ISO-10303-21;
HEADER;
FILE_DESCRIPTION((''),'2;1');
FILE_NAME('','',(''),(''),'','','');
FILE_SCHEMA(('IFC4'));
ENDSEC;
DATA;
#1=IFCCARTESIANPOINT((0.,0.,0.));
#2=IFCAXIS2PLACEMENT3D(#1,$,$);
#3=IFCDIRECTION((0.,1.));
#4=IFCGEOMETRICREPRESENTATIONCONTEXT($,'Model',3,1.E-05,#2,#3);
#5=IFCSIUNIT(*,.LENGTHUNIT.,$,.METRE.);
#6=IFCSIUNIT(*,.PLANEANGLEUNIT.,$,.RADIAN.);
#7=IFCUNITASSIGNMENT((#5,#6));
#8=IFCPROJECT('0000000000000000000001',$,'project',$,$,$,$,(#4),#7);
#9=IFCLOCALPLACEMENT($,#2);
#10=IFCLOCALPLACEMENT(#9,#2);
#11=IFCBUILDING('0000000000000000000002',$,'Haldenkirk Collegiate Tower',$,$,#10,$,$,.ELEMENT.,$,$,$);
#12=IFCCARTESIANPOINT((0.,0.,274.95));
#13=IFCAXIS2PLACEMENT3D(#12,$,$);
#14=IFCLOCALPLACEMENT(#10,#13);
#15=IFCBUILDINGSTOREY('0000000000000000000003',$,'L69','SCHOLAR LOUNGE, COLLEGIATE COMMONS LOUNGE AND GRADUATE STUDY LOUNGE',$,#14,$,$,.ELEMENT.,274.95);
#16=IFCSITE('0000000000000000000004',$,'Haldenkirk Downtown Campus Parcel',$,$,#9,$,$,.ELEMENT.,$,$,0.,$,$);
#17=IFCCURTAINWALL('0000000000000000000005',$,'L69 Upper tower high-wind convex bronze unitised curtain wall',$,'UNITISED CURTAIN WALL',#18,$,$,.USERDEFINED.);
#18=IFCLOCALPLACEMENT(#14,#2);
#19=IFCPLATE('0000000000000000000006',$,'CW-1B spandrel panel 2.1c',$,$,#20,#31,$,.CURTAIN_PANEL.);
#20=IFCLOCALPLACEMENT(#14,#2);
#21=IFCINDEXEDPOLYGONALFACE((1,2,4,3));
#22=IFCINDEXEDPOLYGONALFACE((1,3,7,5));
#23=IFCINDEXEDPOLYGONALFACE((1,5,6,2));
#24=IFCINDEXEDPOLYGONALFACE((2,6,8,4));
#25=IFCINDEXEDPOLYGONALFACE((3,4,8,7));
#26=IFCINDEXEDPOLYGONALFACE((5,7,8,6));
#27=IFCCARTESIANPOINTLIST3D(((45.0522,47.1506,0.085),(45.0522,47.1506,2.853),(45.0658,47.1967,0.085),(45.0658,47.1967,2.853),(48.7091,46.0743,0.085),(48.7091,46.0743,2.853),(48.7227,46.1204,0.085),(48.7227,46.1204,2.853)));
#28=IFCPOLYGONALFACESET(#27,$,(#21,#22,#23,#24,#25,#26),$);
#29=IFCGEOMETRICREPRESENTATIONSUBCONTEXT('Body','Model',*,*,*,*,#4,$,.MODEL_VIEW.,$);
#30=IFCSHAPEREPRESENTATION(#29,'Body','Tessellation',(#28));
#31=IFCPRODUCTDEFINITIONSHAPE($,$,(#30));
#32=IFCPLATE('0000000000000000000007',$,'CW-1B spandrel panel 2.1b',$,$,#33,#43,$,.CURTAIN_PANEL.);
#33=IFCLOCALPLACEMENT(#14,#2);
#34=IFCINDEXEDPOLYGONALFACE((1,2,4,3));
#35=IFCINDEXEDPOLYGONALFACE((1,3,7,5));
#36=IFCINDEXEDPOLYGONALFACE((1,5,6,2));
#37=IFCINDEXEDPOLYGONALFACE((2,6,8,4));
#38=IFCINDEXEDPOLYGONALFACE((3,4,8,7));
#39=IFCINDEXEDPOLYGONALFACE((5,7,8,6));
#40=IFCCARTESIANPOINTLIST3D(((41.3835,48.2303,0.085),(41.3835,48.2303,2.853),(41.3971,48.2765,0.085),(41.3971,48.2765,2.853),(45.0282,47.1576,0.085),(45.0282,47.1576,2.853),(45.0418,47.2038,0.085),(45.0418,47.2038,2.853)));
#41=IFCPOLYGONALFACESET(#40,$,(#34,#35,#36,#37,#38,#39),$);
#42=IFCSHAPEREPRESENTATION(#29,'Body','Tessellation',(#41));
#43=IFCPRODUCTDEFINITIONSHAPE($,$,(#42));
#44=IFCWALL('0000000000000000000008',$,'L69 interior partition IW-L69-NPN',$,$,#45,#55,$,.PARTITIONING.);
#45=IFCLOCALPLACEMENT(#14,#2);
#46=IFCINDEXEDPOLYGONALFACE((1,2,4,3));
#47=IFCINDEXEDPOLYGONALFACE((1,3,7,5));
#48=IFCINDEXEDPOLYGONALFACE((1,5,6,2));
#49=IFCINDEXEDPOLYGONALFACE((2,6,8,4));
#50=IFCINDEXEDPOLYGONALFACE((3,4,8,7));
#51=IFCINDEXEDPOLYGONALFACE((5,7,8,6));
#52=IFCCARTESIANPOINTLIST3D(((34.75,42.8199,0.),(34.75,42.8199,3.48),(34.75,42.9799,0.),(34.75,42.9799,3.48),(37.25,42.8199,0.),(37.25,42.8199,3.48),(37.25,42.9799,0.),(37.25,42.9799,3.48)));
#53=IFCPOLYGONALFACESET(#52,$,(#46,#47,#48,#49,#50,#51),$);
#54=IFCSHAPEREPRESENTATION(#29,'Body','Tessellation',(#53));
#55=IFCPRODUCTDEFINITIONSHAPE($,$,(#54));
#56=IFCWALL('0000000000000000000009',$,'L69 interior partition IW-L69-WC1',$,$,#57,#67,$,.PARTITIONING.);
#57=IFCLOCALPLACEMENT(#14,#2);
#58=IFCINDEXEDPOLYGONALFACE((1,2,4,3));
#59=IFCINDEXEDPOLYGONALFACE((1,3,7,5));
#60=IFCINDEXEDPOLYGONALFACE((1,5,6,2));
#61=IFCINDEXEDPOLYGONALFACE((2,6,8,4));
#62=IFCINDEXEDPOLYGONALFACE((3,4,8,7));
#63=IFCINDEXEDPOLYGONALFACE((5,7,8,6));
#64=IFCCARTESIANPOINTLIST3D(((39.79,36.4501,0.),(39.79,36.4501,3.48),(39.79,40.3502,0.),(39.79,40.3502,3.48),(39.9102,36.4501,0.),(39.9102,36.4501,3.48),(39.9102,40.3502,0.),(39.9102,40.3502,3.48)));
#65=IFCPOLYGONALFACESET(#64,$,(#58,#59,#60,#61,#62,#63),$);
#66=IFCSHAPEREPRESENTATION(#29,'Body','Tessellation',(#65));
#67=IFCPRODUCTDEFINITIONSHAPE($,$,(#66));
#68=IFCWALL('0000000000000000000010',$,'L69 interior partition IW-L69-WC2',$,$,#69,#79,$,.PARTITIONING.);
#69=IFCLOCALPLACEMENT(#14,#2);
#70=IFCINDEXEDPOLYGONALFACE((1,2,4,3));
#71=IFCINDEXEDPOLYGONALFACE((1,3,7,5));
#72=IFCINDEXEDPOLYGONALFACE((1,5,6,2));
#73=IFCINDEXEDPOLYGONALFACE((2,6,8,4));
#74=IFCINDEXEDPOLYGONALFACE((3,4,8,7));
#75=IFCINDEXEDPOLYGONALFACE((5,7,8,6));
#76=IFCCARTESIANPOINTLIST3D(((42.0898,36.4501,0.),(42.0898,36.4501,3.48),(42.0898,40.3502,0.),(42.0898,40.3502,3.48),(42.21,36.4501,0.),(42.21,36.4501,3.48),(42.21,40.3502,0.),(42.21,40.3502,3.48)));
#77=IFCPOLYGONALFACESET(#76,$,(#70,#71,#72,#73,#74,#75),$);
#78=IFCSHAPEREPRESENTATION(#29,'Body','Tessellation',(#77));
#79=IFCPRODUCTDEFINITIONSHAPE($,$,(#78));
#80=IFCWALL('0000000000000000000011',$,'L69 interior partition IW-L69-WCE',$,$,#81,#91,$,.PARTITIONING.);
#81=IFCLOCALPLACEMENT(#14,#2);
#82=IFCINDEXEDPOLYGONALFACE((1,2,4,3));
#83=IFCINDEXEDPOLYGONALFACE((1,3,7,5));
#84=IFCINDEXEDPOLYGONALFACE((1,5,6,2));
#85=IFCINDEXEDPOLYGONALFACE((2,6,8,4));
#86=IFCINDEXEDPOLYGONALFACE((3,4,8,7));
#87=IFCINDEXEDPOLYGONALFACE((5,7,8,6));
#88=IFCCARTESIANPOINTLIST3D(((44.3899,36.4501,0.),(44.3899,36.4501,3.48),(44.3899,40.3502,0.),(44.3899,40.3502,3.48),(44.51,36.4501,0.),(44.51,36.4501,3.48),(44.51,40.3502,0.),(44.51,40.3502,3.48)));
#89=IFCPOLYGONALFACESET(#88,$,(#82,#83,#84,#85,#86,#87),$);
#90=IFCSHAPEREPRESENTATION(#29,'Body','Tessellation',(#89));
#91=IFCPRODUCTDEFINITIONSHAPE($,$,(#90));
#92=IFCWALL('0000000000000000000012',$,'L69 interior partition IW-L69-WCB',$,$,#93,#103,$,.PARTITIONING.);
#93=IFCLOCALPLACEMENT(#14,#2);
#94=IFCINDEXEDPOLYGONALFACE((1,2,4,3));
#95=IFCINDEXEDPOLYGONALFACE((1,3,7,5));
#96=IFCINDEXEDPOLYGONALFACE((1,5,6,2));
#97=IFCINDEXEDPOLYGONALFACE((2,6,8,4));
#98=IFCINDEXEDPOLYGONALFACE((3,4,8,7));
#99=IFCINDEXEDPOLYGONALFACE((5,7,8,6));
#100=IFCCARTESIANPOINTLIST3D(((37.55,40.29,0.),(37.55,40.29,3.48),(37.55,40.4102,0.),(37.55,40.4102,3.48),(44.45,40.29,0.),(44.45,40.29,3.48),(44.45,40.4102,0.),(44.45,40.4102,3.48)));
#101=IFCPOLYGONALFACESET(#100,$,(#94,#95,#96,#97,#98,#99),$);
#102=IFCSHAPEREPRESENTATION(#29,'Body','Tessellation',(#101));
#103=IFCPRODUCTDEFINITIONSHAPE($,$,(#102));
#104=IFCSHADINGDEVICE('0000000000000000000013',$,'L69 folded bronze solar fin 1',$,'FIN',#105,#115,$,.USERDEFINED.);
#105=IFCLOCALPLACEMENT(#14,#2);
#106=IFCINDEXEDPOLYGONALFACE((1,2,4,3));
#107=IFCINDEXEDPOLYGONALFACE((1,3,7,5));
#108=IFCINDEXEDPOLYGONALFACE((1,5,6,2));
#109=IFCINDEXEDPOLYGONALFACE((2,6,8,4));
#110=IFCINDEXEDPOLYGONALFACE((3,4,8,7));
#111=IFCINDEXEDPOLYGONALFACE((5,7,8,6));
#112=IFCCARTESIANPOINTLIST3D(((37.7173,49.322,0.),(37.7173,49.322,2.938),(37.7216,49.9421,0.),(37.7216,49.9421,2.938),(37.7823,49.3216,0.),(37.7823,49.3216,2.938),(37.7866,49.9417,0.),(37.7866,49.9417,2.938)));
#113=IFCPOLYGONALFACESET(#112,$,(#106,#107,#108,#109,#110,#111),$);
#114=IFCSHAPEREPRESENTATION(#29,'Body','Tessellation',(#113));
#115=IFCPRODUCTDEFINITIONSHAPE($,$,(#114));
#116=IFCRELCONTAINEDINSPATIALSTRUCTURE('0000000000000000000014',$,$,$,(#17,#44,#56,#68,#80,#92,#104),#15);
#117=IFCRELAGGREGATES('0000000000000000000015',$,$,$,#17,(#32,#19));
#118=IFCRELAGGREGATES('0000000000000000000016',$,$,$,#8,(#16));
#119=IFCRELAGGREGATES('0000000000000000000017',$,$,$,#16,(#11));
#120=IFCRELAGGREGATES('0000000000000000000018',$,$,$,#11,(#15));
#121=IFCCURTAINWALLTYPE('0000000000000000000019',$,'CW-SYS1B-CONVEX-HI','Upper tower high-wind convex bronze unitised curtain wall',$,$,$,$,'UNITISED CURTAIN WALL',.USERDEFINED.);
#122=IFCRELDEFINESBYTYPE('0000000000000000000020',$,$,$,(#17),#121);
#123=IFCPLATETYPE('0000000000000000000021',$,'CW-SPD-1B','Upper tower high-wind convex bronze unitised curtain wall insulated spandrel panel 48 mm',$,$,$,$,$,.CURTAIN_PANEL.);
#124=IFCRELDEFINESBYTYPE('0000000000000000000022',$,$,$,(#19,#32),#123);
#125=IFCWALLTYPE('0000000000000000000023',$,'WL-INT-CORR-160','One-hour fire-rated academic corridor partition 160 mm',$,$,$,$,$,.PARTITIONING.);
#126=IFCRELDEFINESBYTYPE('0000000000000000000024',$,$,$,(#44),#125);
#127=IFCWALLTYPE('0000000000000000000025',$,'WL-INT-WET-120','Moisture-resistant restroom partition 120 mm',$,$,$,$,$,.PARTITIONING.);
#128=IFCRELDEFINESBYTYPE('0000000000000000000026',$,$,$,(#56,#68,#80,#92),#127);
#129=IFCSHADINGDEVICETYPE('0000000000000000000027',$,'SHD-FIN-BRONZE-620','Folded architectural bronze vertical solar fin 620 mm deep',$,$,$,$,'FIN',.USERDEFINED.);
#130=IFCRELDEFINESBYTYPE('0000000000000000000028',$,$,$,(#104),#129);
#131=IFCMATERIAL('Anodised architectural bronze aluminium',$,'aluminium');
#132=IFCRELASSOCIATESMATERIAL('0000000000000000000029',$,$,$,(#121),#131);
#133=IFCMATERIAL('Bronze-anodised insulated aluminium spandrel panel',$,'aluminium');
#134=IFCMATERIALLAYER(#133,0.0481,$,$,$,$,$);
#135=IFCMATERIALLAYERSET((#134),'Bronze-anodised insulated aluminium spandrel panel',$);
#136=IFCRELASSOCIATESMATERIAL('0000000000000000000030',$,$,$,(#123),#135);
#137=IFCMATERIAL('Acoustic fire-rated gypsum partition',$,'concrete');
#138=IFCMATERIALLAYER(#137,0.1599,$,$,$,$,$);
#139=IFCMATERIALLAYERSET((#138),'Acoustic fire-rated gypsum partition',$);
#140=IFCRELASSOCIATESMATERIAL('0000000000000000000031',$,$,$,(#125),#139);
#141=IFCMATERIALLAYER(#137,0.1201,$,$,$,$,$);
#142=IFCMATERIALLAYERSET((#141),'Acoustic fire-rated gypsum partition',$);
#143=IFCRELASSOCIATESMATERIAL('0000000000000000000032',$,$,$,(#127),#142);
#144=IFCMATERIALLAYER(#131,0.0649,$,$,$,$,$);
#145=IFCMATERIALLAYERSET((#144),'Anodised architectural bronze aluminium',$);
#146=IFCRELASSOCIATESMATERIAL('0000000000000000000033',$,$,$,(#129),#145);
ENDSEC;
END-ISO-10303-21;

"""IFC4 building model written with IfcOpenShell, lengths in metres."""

from ifc_helpers import new_model, si_unit, direction, frame, frame_2d, origin, origin_2d, place, context, subcontext, project, spatial, rectangle, extrude, source, transform, mapped, material, layer, layer_set, type_object, element, aggregate, save


model = new_model("IFC4")

# Units and contexts
model_context = context("Model", 3, precision=1e-05, world=origin(), true_north=direction((0.0, 1.0)))
body_context = subcontext(model_context, "Body", "Model", "MODEL_VIEW")
ifc_project = project(units=[si_unit("LENGTHUNIT", "METRE"), si_unit("PLANEANGLEUNIT", "RADIAN")], contexts=[model_context])

# Site, building, storey
site_placement = place(None, origin())
site = spatial("IfcSite", under=ifc_project, at=site_placement, Name="Haldenkirk Downtown Campus Parcel", CompositionType="ELEMENT", RefElevation=0.0)
building_placement = place(site_placement, origin())
building = spatial("IfcBuilding", under=site, at=building_placement, Name="Haldenkirk Collegiate Tower", CompositionType="ELEMENT")
storey_placement = place(building_placement, frame((0.0, 0.0, 274.95)))
storey = spatial("IfcBuildingStorey", under=building, at=storey_placement, Name="L69", Description="SCHOLAR LOUNGE, COLLEGIATE COMMONS LOUNGE AND GRADUATE STUDY LOUNGE", CompositionType="ELEMENT", Elevation=274.95)

# Curtain wall
ifc_material_1 = material(Name="Anodised architectural bronze aluminium", Category="aluminium")
curtain_wall_type = type_object("IfcCurtainWallType", Name="CW-SYS1B-CONVEX-HI", Description="Upper tower high-wind convex bronze unitised curtain wall", ElementType="UNITISED CURTAIN WALL", PredefinedType="USERDEFINED", material=ifc_material_1)
curtain_wall_placement = place(storey_placement, origin())
curtain_wall = element("IfcCurtainWall", 1, at=curtain_wall_placement, inside=storey, type_object=curtain_wall_type, Name="L69 Upper tower high-wind convex bronze unitised curtain wall", ObjectType="UNITISED CURTAIN WALL", PredefinedType="USERDEFINED")

# Plates
ifc_material_2 = material(Name="Bronze-anodised insulated aluminium spandrel panel", Category="aluminium")
ifc_layer_1 = layer(ifc_material_2, 0.0481)
ifc_layer_set_1 = layer_set([ifc_layer_1], Name="Bronze-anodised insulated aluminium spandrel panel")
plate_type_1 = type_object("IfcPlateType", Name="CW-SPD-1B", Description="Upper tower high-wind convex bronze unitised curtain wall insulated spandrel panel 48 mm", PredefinedType="CURTAIN_PANEL", material=ifc_layer_set_1)
shared_shape_1 = source(origin(), body_context, "Body", "SweptSolid", [
    extrude(rectangle(XDim=3.812, YDim=0.0481, at=origin_2d()), origin(), (0.0, 0.0, 1.0), 2.7681),
])
plate_1_placement = place(storey_placement, frame((46.8875, 46.6355, 0.085), z_axis=(0.0, 0.0, 1.0), x_axis=(0.959314, -0.282342, 0.0)))
plate_1 = element("IfcPlate", 2, at=plate_1_placement, type_object=plate_type_1, Name="CW-1B spandrel panel 2.1c", PredefinedType="CURTAIN_PANEL", context=body_context, shape_type="MappedRepresentation", body=[
    mapped(shared_shape_1, transform((0.0, 0.0, 0.0), x_axis=(1.0, 0.0, 0.0), y_axis=(0.0, 1.0, 0.0), z_axis=(0.0, 0.0, 1.0), scale=1.0)),
])
shared_shape_2 = source(origin(), body_context, "Body", "SweptSolid", [
    extrude(rectangle(XDim=3.7993, YDim=0.0481, at=origin_2d()), origin(), (0.0, 0.0, 1.0), 2.7681),
])
plate_2_placement = place(storey_placement, frame((43.2126, 47.717, 0.085), z_axis=(0.0, 0.0, 1.0), x_axis=(0.959314, -0.282342, 0.0)))
plate_2 = element("IfcPlate", 3, at=plate_2_placement, type_object=plate_type_1, Name="CW-1B spandrel panel 2.1b", PredefinedType="CURTAIN_PANEL", context=body_context, shape_type="MappedRepresentation", body=[
    mapped(shared_shape_2, transform((0.0, 0.0, 0.0), x_axis=(1.0, 0.0, 0.0), y_axis=(0.0, 1.0, 0.0), z_axis=(0.0, 0.0, 1.0), scale=1.0)),
])
aggregate(curtain_wall, [plate_2, plate_1])

# Walls
ifc_material_3 = material(Name="Acoustic fire-rated gypsum partition", Category="concrete")
ifc_layer_2 = layer(ifc_material_3, 0.1599)
ifc_layer_set_2 = layer_set([ifc_layer_2], Name="Acoustic fire-rated gypsum partition")
wall_type_1 = type_object("IfcWallType", Name="WL-INT-CORR-160", Description="One-hour fire-rated academic corridor partition 160 mm", PredefinedType="PARTITIONING", material=ifc_layer_set_2)
wall_1_placement = place(storey_placement, frame((34.75, 42.8999, 0.0), z_axis=(0.0, 0.0, 1.0), x_axis=(1.0, 0.0, 0.0)))
element("IfcWall", 4, at=wall_1_placement, inside=storey, type_object=wall_type_1, Name="L69 interior partition IW-L69-NPN", PredefinedType="PARTITIONING", context=body_context, shape_type="SweptSolid", body=[
    extrude(rectangle(XDim=2.5, YDim=0.1599, at=frame_2d((1.25, 0.0))), origin(), (0.0, 0.0, 1.0), 3.48),
])
ifc_layer_3 = layer(ifc_material_3, 0.1201)
ifc_layer_set_3 = layer_set([ifc_layer_3], Name="Acoustic fire-rated gypsum partition")
wall_type_2 = type_object("IfcWallType", Name="WL-INT-WET-120", Description="Moisture-resistant restroom partition 120 mm", PredefinedType="PARTITIONING", material=ifc_layer_set_3)
for number, where, z_axis, x_axis, name in (
    (5, (39.8501, 36.45, 0.0), (0.0, 0.0, 1.0), (0.0, 1.0, 0.0), "L69 interior partition IW-L69-WC1"),
    (6, (42.1499, 36.45, 0.0), (0.0, 0.0, 1.0), (0.0, 1.0, 0.0), "L69 interior partition IW-L69-WC2"),
    (7, (44.45, 36.45, 0.0), (0.0, 0.0, 1.0), (0.0, 1.0, 0.0), "L69 interior partition IW-L69-WCE"),
):
    element("IfcWall", number, at=place(storey_placement, frame(where, z_axis=z_axis, x_axis=x_axis)), inside=storey, type_object=wall_type_2, Name=name, PredefinedType="PARTITIONING", context=body_context, shape_type="SweptSolid", body=[
        extrude(rectangle(XDim=3.9001, YDim=0.1201, at=frame_2d((1.9502, 0.0))), origin(), (0.0, 0.0, 1.0), 3.48),
    ])
wall_2_placement = place(storey_placement, frame((37.55, 40.3501, 0.0), z_axis=(0.0, 0.0, 1.0), x_axis=(1.0, 0.0, 0.0)))
element("IfcWall", 8, at=wall_2_placement, inside=storey, type_object=wall_type_2, Name="L69 interior partition IW-L69-WCB", PredefinedType="PARTITIONING", context=body_context, shape_type="SweptSolid", body=[
    extrude(rectangle(XDim=6.8999, YDim=0.1201, at=frame_2d((3.45, 0.0))), origin(), (0.0, 0.0, 1.0), 3.48),
])

# Shading device
ifc_layer_4 = layer(ifc_material_1, 0.0649)
ifc_layer_set_4 = layer_set([ifc_layer_4], Name="Anodised architectural bronze aluminium")
shading_device_type = type_object("IfcShadingDeviceType", Name="SHD-FIN-BRONZE-620", Description="Folded architectural bronze vertical solar fin 620 mm deep", ElementType="FIN", PredefinedType="USERDEFINED", material=ifc_layer_set_4)
shared_shape_3 = source(origin(), body_context, "Body", "SweptSolid", [
    extrude(rectangle(XDim=0.6201, YDim=0.0649, at=origin_2d()), origin(), (0.0, 0.0, 1.0), 2.938),
])
shading_device_placement = place(storey_placement, frame((37.752, 49.6318, 0.0), z_axis=(0.0, 0.0, 1.0), x_axis=(0.006981, 0.999976, 0.0)))
element("IfcShadingDevice", 9, at=shading_device_placement, inside=storey, type_object=shading_device_type, Name="L69 folded bronze solar fin 1", ObjectType="FIN", PredefinedType="USERDEFINED", context=body_context, shape_type="MappedRepresentation", body=[
    mapped(shared_shape_3, transform((0.0, 0.0, 0.0), x_axis=(1.0, 0.0, 0.0), y_axis=(0.0, 1.0, 0.0), z_axis=(0.0, 0.0, 1.0), scale=1.0)),
])

save(model, "model.ifc")
